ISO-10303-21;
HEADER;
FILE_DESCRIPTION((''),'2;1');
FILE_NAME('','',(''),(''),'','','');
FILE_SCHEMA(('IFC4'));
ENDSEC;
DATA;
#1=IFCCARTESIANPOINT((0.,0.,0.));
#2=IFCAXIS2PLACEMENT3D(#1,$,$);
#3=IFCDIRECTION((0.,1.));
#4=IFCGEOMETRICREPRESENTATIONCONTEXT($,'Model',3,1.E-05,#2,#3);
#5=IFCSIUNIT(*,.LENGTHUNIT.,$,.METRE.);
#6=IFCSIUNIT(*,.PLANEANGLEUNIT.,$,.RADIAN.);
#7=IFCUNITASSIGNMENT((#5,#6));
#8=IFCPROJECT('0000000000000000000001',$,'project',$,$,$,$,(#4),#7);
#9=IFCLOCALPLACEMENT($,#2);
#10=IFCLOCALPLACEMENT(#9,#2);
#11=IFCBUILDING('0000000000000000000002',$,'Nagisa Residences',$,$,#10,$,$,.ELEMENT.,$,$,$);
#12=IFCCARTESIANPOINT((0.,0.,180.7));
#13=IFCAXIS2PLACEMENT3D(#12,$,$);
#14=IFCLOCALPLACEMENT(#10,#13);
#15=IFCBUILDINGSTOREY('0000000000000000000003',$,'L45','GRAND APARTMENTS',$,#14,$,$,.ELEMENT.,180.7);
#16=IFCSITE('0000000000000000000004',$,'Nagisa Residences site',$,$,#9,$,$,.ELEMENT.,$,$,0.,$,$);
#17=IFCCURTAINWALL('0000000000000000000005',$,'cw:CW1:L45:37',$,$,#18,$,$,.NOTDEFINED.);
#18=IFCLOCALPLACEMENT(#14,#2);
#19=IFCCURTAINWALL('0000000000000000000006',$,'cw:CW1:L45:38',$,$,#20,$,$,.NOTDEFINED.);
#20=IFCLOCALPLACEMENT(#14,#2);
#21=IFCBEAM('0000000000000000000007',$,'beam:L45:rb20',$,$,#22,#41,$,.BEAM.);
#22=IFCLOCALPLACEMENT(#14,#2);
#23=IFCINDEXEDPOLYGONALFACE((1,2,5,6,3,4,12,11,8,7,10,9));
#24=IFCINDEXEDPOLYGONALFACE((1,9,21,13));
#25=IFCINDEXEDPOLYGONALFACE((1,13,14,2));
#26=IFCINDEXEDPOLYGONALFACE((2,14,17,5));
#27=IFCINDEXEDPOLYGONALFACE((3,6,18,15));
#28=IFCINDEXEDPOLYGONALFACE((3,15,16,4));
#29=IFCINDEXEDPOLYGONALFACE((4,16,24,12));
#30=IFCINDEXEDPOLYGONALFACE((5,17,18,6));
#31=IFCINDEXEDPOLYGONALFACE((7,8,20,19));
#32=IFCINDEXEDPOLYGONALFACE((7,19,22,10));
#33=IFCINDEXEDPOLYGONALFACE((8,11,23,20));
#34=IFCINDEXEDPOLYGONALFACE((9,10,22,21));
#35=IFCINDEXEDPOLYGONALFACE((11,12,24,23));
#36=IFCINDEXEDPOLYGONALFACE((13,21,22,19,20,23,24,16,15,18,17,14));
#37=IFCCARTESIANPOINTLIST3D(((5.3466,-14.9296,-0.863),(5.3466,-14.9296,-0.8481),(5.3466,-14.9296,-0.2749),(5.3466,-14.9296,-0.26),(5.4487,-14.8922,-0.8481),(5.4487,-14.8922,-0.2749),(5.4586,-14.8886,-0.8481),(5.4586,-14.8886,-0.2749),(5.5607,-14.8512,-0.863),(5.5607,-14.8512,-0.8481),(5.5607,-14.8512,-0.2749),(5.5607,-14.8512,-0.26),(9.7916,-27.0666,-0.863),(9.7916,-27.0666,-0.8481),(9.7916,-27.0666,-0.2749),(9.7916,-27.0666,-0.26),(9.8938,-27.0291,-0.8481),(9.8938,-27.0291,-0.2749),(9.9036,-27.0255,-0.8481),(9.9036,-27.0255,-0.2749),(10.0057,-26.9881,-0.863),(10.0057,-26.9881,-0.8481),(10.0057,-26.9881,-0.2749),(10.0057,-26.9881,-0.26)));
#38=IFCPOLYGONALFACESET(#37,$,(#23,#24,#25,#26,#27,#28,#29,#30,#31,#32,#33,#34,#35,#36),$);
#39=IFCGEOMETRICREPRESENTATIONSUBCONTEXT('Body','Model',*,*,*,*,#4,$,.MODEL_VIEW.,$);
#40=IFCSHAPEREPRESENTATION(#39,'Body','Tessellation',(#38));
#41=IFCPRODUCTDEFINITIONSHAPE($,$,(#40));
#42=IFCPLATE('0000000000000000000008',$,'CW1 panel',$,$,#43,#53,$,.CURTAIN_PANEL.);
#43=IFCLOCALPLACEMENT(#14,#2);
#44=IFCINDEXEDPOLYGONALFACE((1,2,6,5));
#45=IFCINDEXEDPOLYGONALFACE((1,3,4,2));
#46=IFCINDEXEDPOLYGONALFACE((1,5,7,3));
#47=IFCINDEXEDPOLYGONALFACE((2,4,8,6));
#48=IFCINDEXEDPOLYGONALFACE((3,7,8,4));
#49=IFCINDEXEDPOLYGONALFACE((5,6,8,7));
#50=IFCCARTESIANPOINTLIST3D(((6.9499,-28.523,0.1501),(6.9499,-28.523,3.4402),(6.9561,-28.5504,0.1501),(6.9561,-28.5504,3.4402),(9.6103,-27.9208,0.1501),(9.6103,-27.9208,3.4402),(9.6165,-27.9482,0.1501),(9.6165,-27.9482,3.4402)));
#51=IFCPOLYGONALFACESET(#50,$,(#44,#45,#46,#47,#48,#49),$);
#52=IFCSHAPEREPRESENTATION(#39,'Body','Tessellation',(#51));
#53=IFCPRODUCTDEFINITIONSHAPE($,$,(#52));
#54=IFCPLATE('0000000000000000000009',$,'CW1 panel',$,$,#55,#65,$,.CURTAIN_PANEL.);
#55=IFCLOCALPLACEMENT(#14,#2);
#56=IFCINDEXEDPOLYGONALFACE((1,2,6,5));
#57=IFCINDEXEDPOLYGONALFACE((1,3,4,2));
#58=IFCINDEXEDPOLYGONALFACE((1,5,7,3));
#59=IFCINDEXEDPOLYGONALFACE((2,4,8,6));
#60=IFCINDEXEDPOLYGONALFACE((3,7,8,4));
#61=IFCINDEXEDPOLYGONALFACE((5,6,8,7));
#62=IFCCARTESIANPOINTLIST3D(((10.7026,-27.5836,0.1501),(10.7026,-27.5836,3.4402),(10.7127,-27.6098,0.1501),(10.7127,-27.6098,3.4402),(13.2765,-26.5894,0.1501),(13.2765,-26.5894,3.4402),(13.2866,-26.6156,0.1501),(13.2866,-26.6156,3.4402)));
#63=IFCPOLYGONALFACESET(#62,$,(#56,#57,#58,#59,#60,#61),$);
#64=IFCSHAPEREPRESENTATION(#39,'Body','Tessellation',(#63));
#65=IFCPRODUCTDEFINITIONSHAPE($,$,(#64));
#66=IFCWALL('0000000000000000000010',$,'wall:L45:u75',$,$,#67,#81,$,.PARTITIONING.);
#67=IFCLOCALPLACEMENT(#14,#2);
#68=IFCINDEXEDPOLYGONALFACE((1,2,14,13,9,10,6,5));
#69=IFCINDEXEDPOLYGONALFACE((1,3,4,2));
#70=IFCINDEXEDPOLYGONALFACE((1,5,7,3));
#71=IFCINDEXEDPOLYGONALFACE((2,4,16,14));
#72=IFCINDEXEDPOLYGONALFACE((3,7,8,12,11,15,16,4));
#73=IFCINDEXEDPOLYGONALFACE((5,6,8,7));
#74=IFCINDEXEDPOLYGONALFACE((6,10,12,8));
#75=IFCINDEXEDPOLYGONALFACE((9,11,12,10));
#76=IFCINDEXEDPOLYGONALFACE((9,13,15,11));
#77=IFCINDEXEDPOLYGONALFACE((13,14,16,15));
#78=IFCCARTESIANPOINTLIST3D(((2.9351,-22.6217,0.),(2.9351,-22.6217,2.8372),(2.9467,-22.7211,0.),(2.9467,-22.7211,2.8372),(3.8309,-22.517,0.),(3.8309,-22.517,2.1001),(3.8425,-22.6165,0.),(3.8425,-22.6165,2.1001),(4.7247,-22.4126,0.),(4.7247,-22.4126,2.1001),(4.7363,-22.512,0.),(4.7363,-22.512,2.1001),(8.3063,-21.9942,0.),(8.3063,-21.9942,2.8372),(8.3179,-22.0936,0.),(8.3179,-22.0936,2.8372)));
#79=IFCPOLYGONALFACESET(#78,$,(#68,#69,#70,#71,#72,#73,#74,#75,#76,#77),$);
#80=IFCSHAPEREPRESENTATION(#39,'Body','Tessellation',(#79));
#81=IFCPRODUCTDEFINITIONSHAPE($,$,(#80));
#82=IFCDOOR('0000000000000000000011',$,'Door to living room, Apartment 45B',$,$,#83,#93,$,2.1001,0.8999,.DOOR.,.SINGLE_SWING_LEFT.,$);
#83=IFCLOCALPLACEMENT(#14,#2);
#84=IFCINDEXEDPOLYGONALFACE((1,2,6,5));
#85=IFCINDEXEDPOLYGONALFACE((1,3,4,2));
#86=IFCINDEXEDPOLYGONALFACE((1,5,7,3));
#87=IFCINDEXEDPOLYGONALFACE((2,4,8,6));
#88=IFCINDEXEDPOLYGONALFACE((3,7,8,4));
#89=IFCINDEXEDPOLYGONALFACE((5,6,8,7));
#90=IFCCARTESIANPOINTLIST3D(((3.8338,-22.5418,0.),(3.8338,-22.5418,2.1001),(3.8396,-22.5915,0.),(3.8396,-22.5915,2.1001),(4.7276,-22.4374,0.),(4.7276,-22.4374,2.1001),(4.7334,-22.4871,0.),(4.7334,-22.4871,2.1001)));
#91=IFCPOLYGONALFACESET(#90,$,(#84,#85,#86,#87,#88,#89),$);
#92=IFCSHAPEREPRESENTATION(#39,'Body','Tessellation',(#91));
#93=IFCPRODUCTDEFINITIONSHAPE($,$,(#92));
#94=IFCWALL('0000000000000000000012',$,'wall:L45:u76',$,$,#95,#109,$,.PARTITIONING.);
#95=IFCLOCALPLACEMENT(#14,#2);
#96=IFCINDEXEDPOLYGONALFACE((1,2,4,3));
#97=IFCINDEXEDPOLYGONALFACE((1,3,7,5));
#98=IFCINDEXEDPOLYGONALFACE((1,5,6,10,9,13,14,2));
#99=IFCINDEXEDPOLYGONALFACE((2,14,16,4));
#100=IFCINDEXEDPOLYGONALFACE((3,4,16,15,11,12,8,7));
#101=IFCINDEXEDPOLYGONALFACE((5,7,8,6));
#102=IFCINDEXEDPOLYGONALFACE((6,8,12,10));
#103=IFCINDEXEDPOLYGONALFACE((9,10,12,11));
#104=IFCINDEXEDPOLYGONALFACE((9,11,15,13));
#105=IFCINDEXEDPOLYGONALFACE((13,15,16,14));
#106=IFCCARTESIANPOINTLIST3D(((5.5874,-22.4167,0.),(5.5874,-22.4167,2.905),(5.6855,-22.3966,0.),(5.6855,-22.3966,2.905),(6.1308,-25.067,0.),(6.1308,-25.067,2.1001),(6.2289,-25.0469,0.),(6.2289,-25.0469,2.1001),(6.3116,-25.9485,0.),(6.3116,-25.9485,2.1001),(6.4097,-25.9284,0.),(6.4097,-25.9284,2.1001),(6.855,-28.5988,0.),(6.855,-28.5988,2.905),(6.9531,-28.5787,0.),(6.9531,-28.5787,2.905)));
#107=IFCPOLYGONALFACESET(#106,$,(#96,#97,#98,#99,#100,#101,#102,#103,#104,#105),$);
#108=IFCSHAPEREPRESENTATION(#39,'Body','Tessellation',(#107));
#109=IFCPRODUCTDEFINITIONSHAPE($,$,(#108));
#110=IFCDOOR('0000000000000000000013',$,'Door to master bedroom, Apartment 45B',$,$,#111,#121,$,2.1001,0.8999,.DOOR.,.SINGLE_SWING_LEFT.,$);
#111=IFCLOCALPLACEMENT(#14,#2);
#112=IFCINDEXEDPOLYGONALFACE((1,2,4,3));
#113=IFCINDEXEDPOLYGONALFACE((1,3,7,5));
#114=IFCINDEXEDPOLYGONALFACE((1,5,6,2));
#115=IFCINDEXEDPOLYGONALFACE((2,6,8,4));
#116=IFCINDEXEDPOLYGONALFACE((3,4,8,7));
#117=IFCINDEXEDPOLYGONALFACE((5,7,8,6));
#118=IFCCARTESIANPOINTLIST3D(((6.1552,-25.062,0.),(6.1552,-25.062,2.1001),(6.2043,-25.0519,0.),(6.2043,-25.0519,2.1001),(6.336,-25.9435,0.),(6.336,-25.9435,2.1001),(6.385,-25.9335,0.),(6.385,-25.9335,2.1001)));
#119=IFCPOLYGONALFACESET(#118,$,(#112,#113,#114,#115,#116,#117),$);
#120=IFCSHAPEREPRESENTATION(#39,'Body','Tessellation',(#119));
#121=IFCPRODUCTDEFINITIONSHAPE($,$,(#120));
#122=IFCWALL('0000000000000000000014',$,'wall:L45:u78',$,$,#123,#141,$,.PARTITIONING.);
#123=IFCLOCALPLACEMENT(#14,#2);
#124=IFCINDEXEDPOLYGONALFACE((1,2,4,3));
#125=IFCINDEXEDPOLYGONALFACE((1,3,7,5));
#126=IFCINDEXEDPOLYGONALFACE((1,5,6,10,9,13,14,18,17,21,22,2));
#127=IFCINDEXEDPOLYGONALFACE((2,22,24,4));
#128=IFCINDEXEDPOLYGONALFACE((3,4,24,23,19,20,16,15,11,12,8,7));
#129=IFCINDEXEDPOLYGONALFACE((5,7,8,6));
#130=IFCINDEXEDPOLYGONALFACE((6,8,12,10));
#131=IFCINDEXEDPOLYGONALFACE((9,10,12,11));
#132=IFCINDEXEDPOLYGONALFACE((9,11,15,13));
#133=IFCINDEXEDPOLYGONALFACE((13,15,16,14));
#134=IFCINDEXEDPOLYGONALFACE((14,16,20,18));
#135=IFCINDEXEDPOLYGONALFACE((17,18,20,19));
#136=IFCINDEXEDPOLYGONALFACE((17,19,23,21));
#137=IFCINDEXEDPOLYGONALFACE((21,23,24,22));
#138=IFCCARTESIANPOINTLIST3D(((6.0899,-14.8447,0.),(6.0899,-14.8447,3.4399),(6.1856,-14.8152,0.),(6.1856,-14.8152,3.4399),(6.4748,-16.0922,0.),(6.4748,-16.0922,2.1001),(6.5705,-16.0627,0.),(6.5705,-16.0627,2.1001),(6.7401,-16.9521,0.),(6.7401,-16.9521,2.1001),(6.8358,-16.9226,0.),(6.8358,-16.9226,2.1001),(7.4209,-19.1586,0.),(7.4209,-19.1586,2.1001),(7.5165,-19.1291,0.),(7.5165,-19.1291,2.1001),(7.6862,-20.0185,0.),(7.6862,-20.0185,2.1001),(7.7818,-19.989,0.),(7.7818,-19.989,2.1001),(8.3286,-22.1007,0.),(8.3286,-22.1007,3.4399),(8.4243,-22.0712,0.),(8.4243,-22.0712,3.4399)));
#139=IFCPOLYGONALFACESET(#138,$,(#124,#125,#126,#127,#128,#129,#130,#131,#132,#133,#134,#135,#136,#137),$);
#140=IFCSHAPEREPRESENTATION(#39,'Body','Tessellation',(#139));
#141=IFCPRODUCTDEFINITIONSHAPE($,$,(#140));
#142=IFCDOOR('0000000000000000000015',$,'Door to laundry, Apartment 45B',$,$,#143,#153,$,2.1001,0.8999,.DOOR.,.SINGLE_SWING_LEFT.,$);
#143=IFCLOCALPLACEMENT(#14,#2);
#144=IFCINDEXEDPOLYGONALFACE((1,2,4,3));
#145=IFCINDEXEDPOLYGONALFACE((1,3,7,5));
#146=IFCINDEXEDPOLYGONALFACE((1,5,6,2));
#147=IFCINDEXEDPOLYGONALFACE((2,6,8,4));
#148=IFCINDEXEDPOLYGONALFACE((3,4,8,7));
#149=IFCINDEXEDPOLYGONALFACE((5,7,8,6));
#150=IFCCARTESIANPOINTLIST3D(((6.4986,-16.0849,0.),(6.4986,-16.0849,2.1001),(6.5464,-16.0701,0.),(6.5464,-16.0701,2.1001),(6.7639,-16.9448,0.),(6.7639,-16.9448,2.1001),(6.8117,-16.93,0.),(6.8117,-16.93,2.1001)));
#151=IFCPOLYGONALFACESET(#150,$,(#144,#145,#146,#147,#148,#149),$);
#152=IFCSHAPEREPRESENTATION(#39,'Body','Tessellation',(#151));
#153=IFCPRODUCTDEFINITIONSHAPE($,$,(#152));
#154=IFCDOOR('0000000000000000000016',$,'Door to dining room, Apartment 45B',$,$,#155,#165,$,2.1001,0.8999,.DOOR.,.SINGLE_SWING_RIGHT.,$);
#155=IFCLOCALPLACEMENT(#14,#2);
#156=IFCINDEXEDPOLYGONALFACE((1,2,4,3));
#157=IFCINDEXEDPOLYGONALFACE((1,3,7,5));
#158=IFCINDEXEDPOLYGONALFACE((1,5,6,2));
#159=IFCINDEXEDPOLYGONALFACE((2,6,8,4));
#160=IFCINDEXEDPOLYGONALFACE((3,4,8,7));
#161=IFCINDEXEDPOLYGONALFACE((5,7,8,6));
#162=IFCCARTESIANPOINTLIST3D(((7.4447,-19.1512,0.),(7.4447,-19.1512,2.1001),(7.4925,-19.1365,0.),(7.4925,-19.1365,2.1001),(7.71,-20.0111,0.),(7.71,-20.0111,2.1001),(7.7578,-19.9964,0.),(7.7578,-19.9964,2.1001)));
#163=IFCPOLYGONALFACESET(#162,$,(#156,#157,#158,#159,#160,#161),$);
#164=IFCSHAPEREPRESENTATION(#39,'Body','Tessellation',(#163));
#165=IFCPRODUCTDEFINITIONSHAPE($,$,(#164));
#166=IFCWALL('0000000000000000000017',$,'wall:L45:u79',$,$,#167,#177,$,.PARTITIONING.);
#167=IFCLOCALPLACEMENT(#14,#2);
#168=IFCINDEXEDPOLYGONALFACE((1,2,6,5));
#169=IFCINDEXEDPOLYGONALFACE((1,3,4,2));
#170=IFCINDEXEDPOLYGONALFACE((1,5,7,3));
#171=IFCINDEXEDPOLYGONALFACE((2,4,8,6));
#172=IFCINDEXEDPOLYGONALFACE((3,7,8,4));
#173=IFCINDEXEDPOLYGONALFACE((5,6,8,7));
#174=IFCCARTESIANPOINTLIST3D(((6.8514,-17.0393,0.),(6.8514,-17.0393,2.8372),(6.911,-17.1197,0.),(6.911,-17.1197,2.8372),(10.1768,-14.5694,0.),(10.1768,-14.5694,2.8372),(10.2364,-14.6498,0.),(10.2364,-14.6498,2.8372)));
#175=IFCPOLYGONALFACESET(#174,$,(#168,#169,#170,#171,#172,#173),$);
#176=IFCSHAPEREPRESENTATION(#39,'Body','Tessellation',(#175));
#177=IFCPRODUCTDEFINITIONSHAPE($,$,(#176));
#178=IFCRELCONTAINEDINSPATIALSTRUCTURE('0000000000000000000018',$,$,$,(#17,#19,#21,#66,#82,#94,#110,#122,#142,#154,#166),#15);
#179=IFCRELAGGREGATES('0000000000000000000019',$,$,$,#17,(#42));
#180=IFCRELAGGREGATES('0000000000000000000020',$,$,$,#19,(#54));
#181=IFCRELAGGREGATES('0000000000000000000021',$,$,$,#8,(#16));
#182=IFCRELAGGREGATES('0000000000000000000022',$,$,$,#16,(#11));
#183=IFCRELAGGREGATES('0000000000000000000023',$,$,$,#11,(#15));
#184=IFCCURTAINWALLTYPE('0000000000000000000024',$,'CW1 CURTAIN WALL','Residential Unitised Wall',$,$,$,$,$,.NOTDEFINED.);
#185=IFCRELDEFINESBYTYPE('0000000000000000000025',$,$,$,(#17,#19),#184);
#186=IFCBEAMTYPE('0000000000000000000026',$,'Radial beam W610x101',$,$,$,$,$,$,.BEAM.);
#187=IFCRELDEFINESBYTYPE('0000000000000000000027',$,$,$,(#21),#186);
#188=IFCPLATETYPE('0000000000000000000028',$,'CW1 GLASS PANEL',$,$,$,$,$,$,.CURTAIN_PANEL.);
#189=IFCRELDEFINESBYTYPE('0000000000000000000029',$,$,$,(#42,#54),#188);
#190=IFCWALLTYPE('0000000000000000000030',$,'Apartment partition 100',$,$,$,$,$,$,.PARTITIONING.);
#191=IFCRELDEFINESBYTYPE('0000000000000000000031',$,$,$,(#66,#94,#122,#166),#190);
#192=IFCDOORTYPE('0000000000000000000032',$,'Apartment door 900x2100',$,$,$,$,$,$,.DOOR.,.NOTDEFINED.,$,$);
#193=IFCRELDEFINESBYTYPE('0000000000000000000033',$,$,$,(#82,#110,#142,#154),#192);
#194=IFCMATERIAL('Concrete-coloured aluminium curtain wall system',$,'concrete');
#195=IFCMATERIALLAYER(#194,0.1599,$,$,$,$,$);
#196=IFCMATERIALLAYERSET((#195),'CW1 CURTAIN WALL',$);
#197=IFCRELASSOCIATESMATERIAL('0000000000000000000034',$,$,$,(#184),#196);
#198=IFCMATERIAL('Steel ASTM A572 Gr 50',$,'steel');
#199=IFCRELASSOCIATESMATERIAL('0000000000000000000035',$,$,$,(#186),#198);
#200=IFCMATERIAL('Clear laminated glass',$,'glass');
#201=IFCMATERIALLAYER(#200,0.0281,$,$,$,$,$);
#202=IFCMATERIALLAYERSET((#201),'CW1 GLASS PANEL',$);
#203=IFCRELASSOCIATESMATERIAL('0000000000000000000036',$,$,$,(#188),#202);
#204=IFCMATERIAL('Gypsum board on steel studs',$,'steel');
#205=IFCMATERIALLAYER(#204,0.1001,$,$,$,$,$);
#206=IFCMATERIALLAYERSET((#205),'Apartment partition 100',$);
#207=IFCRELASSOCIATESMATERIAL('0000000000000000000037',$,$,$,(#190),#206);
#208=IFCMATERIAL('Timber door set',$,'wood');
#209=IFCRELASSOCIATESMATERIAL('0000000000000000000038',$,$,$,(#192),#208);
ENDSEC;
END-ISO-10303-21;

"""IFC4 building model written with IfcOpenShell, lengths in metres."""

from ifc_helpers import new_model, si_unit, direction, frame, frame_2d, origin, origin_2d, place, context, subcontext, project, spatial, rectangle, i_section, extrude, material, layer, layer_set, material_profile, profile_set, type_object, element, fill, aggregate, save


model = new_model("IFC4")

# Units and contexts
model_context = context("Model", 3, precision=1e-05, world=origin(), true_north=direction((0.0, 1.0)))
body_context = subcontext(model_context, "Body", "Model", "MODEL_VIEW")
ifc_project = project(units=[si_unit("LENGTHUNIT", "METRE"), si_unit("PLANEANGLEUNIT", "RADIAN")], contexts=[model_context])

# Site, building, storey
site_placement = place(None, origin())
site = spatial("IfcSite", under=ifc_project, at=site_placement, Name="Nagisa Residences site", CompositionType="ELEMENT", RefElevation=0.0)
building_placement = place(site_placement, origin())
building = spatial("IfcBuilding", under=site, at=building_placement, Name="Nagisa Residences", CompositionType="ELEMENT")
storey_placement = place(building_placement, frame((0.0, 0.0, 180.7)))
storey = spatial("IfcBuildingStorey", under=building, at=storey_placement, Name="L45", Description="GRAND APARTMENTS", CompositionType="ELEMENT", Elevation=180.7)

# Curtain walls
ifc_material_1 = material(Name="Concrete-coloured aluminium curtain wall system", Category="concrete")
ifc_layer_1 = layer(ifc_material_1, 0.1599)
ifc_layer_set_1 = layer_set([ifc_layer_1], Name="CW1 CURTAIN WALL")
curtain_wall_type = type_object("IfcCurtainWallType", Name="CW1 CURTAIN WALL", Description="Residential Unitised Wall", PredefinedType="NOTDEFINED", material=ifc_layer_set_1)
curtain_wall_1_placement = place(storey_placement, origin())
curtain_wall_1 = element("IfcCurtainWall", 1, at=curtain_wall_1_placement, inside=storey, type_object=curtain_wall_type, Name="cw:CW1:L45:37", PredefinedType="NOTDEFINED")
curtain_wall_2_placement = place(storey_placement, origin())
curtain_wall_2 = element("IfcCurtainWall", 2, at=curtain_wall_2_placement, inside=storey, type_object=curtain_wall_type, Name="cw:CW1:L45:38", PredefinedType="NOTDEFINED")

# Beam
ifc_material_2 = material(Name="Steel ASTM A572 Gr 50", Category="steel")
ifc_material_profile_1 = material_profile(ifc_material_2, i_section(OverallWidth=0.228, OverallDepth=0.603, WebThickness=0.0105, FlangeThickness=0.0149, at=origin_2d()), Name="W610x101")
ifc_profile_set_1 = profile_set([ifc_material_profile_1], Name="Steel ASTM A572 Gr 50")
beam_type_1 = type_object("IfcBeamType", Name="Radial beam W610x101", PredefinedType="BEAM", material=ifc_profile_set_1)
beam_1_placement = place(storey_placement, frame((9.8987, -27.0273, -0.5615), z_axis=(-0.343903, 0.939005, 0.0), x_axis=(-0.939005, -0.343903, 0.0)))
element("IfcBeam", 3, at=beam_1_placement, inside=storey, type_object=beam_type_1, Name="beam:L45:rb20", PredefinedType="BEAM", context=body_context, shape_type="SweptSolid", body=[
    extrude(i_section(OverallWidth=0.228, OverallDepth=0.603, WebThickness=0.0105, FlangeThickness=0.0149, at=origin_2d()), origin(), (0.0, 0.0, 1.0), 12.9253),
])

# Plates
ifc_material_3 = material(Name="Clear laminated glass", Category="glass")
ifc_layer_2 = layer(ifc_material_3, 0.0281)
ifc_layer_set_2 = layer_set([ifc_layer_2], Name="CW1 GLASS PANEL")
plate_type = type_object("IfcPlateType", Name="CW1 GLASS PANEL", PredefinedType="CURTAIN_PANEL", material=ifc_layer_set_2)
plate_1_placement = place(storey_placement, frame((8.2832, -28.2356, 0.1501), z_axis=(0.0, 0.0, 1.0), x_axis=(0.975327, 0.220764, 0.0)))
plate_1 = element("IfcPlate", 4, at=plate_1_placement, type_object=plate_type, Name="CW1 panel", PredefinedType="CURTAIN_PANEL", context=body_context, shape_type="SweptSolid", body=[
    extrude(rectangle(XDim=2.7278, YDim=0.0281, at=origin_2d()), origin(), (0.0, 0.0, 1.0), 3.29),
])
aggregate(curtain_wall_1, [plate_1])
plate_2_placement = place(storey_placement, frame((11.9946, -27.0996, 0.1501), z_axis=(0.0, 0.0, 1.0), x_axis=(0.932826, 0.360328, 0.0)))
plate_2 = element("IfcPlate", 5, at=plate_2_placement, type_object=plate_type, Name="CW1 panel", PredefinedType="CURTAIN_PANEL", context=body_context, shape_type="SweptSolid", body=[
    extrude(rectangle(XDim=2.7593, YDim=0.0281, at=origin_2d()), origin(), (0.0, 0.0, 1.0), 3.29),
])
aggregate(curtain_wall_2, [plate_2])

# Walls, openings, doors
ifc_material_4 = material(Name="Gypsum board on steel studs", Category="steel")
ifc_layer_3 = layer(ifc_material_4, 0.1001)
ifc_layer_set_3 = layer_set([ifc_layer_3], Name="Apartment partition 100")
wall_type_1 = type_object("IfcWallType", Name="Apartment partition 100", PredefinedType="PARTITIONING", material=ifc_layer_set_3)
wall_1_placement = place(storey_placement, frame((2.9409, -22.6714, 0.0), z_axis=(0.0, 0.0, 1.0), x_axis=(0.993246, 0.116029, 0.0)))
wall_1 = element("IfcWall", 6, at=wall_1_placement, inside=storey, type_object=wall_type_1, Name="wall:L45:u75", PredefinedType="PARTITIONING", context=body_context, shape_type="SweptSolid", body=[
    extrude(rectangle(XDim=5.4077, YDim=0.1001, at=frame_2d((2.7039, 0.0))), origin(), (0.0, 0.0, 1.0), 2.8372),
])
opening_1_placement = place(wall_1_placement, frame((0.9019, 0.0, 0.0)))
opening_1 = element("IfcOpeningElement", 7, at=opening_1_placement, cuts=wall_1, PredefinedType="OPENING", context=body_context, shape_type="SweptSolid", body=[
    extrude(rectangle(XDim=0.8999, YDim=2.1001, at=frame_2d((0.45, 1.05))), frame((0.0, 0.0601, 0.0), z_axis=(0.0, -1.0, 0.0), x_axis=(1.0, 0.0, 0.0)), (0.0, 0.0, 1.0), 0.1201),
])
ifc_material_5 = material(Name="Timber door set", Category="wood")
door_type_1 = type_object("IfcDoorType", Name="Apartment door 900x2100", OperationType="NOTDEFINED", PredefinedType="DOOR", material=ifc_material_5)
door_1_placement = place(opening_1_placement, frame((0.8999, 0.0, 0.0), x_axis=(-1.0, 0.0, 0.0)))
door_1 = element("IfcDoor", 8, at=door_1_placement, inside=storey, type_object=door_type_1, Name="Door to living room, Apartment 45B", OperationType="SINGLE_SWING_LEFT", OverallHeight=2.1001, OverallWidth=0.8999, PredefinedType="DOOR", context=body_context, shape_type="SweptSolid", body=[
    extrude(rectangle(XDim=0.8999, YDim=2.1001, at=frame_2d((0.45, 1.05))), frame((0.0, 0.0249, 0.0), z_axis=(0.0, -1.0, 0.0), x_axis=(1.0, 0.0, 0.0)), (0.0, 0.0, 1.0), 0.05),
])
fill(opening_1, door_1)
wall_2_placement = place(storey_placement, frame((5.6365, -22.4067, 0.0), z_axis=(0.0, 0.0, 1.0), x_axis=(0.20086, -0.97962, 0.0)))
wall_2 = element("IfcWall", 9, at=wall_2_placement, inside=storey, type_object=wall_type_1, Name="wall:L45:u76", PredefinedType="PARTITIONING", context=body_context, shape_type="SweptSolid", body=[
    extrude(rectangle(XDim=6.3108, YDim=0.1001, at=frame_2d((3.1553, 0.0))), origin(), (0.0, 0.0, 1.0), 2.905),
])
opening_2_placement = place(wall_2_placement, frame((2.7053, 0.0, 0.0)))
opening_2 = element("IfcOpeningElement", 10, at=opening_2_placement, cuts=wall_2, PredefinedType="OPENING", context=body_context, shape_type="SweptSolid", body=[
    extrude(rectangle(XDim=0.8999, YDim=2.1001, at=frame_2d((0.45, 1.05))), frame((0.0, 0.0601, 0.0), z_axis=(0.0, -1.0, 0.0), x_axis=(1.0, 0.0, 0.0)), (0.0, 0.0, 1.0), 0.1201),
])
door_2_placement = place(opening_2_placement, origin())
door_2 = element("IfcDoor", 11, at=door_2_placement, inside=storey, type_object=door_type_1, Name="Door to master bedroom, Apartment 45B", OperationType="SINGLE_SWING_LEFT", OverallHeight=2.1001, OverallWidth=0.8999, PredefinedType="DOOR", context=body_context, shape_type="SweptSolid", body=[
    extrude(rectangle(XDim=0.8999, YDim=2.1001, at=frame_2d((0.45, 1.05))), frame((0.0, 0.0249, 0.0), z_axis=(0.0, -1.0, 0.0), x_axis=(1.0, 0.0, 0.0)), (0.0, 0.0, 1.0), 0.05),
])
fill(opening_2, door_2)

# Wall, openings, doors
wall_3_placement = place(storey_placement, frame((6.1377, -14.8298, 0.0), z_axis=(0.0, 0.0, 1.0), x_axis=(0.294822, -0.955552, 0.0)))
wall_3 = element("IfcWall", 12, at=wall_3_placement, inside=storey, type_object=wall_type_1, Name="wall:L45:u78", PredefinedType="PARTITIONING", context=body_context, shape_type="SweptSolid", body=[
    extrude(rectangle(XDim=7.5935, YDim=0.1001, at=frame_2d((3.7969, 0.0))), origin(), (0.0, 0.0, 1.0), 3.4399),
])
opening_3_placement = place(wall_3_placement, frame((1.3057, 0.0, 0.0)))
opening_3 = element("IfcOpeningElement", 13, at=opening_3_placement, cuts=wall_3, PredefinedType="OPENING", context=body_context, shape_type="SweptSolid", body=[
    extrude(rectangle(XDim=0.8999, YDim=2.1001, at=frame_2d((0.45, 1.05))), frame((0.0, 0.0601, 0.0), z_axis=(0.0, -1.0, 0.0), x_axis=(1.0, 0.0, 0.0)), (0.0, 0.0, 1.0), 0.1201),
])
opening_4_placement = place(wall_3_placement, frame((4.5146, 0.0, 0.0)))
opening_4 = element("IfcOpeningElement", 14, at=opening_4_placement, cuts=wall_3, PredefinedType="OPENING", context=body_context, shape_type="SweptSolid", body=[
    extrude(rectangle(XDim=0.8999, YDim=2.1001, at=frame_2d((0.45, 1.05))), frame((0.0, 0.0601, 0.0), z_axis=(0.0, -1.0, 0.0), x_axis=(1.0, 0.0, 0.0)), (0.0, 0.0, 1.0), 0.1201),
])
door_3_placement = place(opening_3_placement, origin())
door_3 = element("IfcDoor", 15, at=door_3_placement, inside=storey, type_object=door_type_1, Name="Door to laundry, Apartment 45B", OperationType="SINGLE_SWING_LEFT", OverallHeight=2.1001, OverallWidth=0.8999, PredefinedType="DOOR", context=body_context, shape_type="SweptSolid", body=[
    extrude(rectangle(XDim=0.8999, YDim=2.1001, at=frame_2d((0.45, 1.05))), frame((0.0, 0.0249, 0.0), z_axis=(0.0, -1.0, 0.0), x_axis=(1.0, 0.0, 0.0)), (0.0, 0.0, 1.0), 0.05),
])
fill(opening_3, door_3)
door_4_placement = place(opening_4_placement, origin())
door_4 = element("IfcDoor", 16, at=door_4_placement, inside=storey, type_object=door_type_1, Name="Door to dining room, Apartment 45B", OperationType="SINGLE_SWING_RIGHT", OverallHeight=2.1001, OverallWidth=0.8999, PredefinedType="DOOR", context=body_context, shape_type="SweptSolid", body=[
    extrude(rectangle(XDim=0.8999, YDim=2.1001, at=frame_2d((0.45, 1.05))), frame((0.0, 0.0249, 0.0), z_axis=(0.0, -1.0, 0.0), x_axis=(1.0, 0.0, 0.0)), (0.0, 0.0, 1.0), 0.05),
])
fill(opening_4, door_4)

# Wall
wall_4_placement = place(storey_placement, frame((6.8811, -17.0796, 0.0), z_axis=(0.0, 0.0, 1.0), x_axis=(0.802785, 0.596269, 0.0)))
element("IfcWall", 17, at=wall_4_placement, inside=storey, type_object=wall_type_1, Name="wall:L45:u79", PredefinedType="PARTITIONING", context=body_context, shape_type="SweptSolid", body=[
    extrude(rectangle(XDim=4.1423, YDim=0.1001, at=frame_2d((2.0713, 0.0))), origin(), (0.0, 0.0, 1.0), 2.8372),
])

save(model, "model.ifc")
